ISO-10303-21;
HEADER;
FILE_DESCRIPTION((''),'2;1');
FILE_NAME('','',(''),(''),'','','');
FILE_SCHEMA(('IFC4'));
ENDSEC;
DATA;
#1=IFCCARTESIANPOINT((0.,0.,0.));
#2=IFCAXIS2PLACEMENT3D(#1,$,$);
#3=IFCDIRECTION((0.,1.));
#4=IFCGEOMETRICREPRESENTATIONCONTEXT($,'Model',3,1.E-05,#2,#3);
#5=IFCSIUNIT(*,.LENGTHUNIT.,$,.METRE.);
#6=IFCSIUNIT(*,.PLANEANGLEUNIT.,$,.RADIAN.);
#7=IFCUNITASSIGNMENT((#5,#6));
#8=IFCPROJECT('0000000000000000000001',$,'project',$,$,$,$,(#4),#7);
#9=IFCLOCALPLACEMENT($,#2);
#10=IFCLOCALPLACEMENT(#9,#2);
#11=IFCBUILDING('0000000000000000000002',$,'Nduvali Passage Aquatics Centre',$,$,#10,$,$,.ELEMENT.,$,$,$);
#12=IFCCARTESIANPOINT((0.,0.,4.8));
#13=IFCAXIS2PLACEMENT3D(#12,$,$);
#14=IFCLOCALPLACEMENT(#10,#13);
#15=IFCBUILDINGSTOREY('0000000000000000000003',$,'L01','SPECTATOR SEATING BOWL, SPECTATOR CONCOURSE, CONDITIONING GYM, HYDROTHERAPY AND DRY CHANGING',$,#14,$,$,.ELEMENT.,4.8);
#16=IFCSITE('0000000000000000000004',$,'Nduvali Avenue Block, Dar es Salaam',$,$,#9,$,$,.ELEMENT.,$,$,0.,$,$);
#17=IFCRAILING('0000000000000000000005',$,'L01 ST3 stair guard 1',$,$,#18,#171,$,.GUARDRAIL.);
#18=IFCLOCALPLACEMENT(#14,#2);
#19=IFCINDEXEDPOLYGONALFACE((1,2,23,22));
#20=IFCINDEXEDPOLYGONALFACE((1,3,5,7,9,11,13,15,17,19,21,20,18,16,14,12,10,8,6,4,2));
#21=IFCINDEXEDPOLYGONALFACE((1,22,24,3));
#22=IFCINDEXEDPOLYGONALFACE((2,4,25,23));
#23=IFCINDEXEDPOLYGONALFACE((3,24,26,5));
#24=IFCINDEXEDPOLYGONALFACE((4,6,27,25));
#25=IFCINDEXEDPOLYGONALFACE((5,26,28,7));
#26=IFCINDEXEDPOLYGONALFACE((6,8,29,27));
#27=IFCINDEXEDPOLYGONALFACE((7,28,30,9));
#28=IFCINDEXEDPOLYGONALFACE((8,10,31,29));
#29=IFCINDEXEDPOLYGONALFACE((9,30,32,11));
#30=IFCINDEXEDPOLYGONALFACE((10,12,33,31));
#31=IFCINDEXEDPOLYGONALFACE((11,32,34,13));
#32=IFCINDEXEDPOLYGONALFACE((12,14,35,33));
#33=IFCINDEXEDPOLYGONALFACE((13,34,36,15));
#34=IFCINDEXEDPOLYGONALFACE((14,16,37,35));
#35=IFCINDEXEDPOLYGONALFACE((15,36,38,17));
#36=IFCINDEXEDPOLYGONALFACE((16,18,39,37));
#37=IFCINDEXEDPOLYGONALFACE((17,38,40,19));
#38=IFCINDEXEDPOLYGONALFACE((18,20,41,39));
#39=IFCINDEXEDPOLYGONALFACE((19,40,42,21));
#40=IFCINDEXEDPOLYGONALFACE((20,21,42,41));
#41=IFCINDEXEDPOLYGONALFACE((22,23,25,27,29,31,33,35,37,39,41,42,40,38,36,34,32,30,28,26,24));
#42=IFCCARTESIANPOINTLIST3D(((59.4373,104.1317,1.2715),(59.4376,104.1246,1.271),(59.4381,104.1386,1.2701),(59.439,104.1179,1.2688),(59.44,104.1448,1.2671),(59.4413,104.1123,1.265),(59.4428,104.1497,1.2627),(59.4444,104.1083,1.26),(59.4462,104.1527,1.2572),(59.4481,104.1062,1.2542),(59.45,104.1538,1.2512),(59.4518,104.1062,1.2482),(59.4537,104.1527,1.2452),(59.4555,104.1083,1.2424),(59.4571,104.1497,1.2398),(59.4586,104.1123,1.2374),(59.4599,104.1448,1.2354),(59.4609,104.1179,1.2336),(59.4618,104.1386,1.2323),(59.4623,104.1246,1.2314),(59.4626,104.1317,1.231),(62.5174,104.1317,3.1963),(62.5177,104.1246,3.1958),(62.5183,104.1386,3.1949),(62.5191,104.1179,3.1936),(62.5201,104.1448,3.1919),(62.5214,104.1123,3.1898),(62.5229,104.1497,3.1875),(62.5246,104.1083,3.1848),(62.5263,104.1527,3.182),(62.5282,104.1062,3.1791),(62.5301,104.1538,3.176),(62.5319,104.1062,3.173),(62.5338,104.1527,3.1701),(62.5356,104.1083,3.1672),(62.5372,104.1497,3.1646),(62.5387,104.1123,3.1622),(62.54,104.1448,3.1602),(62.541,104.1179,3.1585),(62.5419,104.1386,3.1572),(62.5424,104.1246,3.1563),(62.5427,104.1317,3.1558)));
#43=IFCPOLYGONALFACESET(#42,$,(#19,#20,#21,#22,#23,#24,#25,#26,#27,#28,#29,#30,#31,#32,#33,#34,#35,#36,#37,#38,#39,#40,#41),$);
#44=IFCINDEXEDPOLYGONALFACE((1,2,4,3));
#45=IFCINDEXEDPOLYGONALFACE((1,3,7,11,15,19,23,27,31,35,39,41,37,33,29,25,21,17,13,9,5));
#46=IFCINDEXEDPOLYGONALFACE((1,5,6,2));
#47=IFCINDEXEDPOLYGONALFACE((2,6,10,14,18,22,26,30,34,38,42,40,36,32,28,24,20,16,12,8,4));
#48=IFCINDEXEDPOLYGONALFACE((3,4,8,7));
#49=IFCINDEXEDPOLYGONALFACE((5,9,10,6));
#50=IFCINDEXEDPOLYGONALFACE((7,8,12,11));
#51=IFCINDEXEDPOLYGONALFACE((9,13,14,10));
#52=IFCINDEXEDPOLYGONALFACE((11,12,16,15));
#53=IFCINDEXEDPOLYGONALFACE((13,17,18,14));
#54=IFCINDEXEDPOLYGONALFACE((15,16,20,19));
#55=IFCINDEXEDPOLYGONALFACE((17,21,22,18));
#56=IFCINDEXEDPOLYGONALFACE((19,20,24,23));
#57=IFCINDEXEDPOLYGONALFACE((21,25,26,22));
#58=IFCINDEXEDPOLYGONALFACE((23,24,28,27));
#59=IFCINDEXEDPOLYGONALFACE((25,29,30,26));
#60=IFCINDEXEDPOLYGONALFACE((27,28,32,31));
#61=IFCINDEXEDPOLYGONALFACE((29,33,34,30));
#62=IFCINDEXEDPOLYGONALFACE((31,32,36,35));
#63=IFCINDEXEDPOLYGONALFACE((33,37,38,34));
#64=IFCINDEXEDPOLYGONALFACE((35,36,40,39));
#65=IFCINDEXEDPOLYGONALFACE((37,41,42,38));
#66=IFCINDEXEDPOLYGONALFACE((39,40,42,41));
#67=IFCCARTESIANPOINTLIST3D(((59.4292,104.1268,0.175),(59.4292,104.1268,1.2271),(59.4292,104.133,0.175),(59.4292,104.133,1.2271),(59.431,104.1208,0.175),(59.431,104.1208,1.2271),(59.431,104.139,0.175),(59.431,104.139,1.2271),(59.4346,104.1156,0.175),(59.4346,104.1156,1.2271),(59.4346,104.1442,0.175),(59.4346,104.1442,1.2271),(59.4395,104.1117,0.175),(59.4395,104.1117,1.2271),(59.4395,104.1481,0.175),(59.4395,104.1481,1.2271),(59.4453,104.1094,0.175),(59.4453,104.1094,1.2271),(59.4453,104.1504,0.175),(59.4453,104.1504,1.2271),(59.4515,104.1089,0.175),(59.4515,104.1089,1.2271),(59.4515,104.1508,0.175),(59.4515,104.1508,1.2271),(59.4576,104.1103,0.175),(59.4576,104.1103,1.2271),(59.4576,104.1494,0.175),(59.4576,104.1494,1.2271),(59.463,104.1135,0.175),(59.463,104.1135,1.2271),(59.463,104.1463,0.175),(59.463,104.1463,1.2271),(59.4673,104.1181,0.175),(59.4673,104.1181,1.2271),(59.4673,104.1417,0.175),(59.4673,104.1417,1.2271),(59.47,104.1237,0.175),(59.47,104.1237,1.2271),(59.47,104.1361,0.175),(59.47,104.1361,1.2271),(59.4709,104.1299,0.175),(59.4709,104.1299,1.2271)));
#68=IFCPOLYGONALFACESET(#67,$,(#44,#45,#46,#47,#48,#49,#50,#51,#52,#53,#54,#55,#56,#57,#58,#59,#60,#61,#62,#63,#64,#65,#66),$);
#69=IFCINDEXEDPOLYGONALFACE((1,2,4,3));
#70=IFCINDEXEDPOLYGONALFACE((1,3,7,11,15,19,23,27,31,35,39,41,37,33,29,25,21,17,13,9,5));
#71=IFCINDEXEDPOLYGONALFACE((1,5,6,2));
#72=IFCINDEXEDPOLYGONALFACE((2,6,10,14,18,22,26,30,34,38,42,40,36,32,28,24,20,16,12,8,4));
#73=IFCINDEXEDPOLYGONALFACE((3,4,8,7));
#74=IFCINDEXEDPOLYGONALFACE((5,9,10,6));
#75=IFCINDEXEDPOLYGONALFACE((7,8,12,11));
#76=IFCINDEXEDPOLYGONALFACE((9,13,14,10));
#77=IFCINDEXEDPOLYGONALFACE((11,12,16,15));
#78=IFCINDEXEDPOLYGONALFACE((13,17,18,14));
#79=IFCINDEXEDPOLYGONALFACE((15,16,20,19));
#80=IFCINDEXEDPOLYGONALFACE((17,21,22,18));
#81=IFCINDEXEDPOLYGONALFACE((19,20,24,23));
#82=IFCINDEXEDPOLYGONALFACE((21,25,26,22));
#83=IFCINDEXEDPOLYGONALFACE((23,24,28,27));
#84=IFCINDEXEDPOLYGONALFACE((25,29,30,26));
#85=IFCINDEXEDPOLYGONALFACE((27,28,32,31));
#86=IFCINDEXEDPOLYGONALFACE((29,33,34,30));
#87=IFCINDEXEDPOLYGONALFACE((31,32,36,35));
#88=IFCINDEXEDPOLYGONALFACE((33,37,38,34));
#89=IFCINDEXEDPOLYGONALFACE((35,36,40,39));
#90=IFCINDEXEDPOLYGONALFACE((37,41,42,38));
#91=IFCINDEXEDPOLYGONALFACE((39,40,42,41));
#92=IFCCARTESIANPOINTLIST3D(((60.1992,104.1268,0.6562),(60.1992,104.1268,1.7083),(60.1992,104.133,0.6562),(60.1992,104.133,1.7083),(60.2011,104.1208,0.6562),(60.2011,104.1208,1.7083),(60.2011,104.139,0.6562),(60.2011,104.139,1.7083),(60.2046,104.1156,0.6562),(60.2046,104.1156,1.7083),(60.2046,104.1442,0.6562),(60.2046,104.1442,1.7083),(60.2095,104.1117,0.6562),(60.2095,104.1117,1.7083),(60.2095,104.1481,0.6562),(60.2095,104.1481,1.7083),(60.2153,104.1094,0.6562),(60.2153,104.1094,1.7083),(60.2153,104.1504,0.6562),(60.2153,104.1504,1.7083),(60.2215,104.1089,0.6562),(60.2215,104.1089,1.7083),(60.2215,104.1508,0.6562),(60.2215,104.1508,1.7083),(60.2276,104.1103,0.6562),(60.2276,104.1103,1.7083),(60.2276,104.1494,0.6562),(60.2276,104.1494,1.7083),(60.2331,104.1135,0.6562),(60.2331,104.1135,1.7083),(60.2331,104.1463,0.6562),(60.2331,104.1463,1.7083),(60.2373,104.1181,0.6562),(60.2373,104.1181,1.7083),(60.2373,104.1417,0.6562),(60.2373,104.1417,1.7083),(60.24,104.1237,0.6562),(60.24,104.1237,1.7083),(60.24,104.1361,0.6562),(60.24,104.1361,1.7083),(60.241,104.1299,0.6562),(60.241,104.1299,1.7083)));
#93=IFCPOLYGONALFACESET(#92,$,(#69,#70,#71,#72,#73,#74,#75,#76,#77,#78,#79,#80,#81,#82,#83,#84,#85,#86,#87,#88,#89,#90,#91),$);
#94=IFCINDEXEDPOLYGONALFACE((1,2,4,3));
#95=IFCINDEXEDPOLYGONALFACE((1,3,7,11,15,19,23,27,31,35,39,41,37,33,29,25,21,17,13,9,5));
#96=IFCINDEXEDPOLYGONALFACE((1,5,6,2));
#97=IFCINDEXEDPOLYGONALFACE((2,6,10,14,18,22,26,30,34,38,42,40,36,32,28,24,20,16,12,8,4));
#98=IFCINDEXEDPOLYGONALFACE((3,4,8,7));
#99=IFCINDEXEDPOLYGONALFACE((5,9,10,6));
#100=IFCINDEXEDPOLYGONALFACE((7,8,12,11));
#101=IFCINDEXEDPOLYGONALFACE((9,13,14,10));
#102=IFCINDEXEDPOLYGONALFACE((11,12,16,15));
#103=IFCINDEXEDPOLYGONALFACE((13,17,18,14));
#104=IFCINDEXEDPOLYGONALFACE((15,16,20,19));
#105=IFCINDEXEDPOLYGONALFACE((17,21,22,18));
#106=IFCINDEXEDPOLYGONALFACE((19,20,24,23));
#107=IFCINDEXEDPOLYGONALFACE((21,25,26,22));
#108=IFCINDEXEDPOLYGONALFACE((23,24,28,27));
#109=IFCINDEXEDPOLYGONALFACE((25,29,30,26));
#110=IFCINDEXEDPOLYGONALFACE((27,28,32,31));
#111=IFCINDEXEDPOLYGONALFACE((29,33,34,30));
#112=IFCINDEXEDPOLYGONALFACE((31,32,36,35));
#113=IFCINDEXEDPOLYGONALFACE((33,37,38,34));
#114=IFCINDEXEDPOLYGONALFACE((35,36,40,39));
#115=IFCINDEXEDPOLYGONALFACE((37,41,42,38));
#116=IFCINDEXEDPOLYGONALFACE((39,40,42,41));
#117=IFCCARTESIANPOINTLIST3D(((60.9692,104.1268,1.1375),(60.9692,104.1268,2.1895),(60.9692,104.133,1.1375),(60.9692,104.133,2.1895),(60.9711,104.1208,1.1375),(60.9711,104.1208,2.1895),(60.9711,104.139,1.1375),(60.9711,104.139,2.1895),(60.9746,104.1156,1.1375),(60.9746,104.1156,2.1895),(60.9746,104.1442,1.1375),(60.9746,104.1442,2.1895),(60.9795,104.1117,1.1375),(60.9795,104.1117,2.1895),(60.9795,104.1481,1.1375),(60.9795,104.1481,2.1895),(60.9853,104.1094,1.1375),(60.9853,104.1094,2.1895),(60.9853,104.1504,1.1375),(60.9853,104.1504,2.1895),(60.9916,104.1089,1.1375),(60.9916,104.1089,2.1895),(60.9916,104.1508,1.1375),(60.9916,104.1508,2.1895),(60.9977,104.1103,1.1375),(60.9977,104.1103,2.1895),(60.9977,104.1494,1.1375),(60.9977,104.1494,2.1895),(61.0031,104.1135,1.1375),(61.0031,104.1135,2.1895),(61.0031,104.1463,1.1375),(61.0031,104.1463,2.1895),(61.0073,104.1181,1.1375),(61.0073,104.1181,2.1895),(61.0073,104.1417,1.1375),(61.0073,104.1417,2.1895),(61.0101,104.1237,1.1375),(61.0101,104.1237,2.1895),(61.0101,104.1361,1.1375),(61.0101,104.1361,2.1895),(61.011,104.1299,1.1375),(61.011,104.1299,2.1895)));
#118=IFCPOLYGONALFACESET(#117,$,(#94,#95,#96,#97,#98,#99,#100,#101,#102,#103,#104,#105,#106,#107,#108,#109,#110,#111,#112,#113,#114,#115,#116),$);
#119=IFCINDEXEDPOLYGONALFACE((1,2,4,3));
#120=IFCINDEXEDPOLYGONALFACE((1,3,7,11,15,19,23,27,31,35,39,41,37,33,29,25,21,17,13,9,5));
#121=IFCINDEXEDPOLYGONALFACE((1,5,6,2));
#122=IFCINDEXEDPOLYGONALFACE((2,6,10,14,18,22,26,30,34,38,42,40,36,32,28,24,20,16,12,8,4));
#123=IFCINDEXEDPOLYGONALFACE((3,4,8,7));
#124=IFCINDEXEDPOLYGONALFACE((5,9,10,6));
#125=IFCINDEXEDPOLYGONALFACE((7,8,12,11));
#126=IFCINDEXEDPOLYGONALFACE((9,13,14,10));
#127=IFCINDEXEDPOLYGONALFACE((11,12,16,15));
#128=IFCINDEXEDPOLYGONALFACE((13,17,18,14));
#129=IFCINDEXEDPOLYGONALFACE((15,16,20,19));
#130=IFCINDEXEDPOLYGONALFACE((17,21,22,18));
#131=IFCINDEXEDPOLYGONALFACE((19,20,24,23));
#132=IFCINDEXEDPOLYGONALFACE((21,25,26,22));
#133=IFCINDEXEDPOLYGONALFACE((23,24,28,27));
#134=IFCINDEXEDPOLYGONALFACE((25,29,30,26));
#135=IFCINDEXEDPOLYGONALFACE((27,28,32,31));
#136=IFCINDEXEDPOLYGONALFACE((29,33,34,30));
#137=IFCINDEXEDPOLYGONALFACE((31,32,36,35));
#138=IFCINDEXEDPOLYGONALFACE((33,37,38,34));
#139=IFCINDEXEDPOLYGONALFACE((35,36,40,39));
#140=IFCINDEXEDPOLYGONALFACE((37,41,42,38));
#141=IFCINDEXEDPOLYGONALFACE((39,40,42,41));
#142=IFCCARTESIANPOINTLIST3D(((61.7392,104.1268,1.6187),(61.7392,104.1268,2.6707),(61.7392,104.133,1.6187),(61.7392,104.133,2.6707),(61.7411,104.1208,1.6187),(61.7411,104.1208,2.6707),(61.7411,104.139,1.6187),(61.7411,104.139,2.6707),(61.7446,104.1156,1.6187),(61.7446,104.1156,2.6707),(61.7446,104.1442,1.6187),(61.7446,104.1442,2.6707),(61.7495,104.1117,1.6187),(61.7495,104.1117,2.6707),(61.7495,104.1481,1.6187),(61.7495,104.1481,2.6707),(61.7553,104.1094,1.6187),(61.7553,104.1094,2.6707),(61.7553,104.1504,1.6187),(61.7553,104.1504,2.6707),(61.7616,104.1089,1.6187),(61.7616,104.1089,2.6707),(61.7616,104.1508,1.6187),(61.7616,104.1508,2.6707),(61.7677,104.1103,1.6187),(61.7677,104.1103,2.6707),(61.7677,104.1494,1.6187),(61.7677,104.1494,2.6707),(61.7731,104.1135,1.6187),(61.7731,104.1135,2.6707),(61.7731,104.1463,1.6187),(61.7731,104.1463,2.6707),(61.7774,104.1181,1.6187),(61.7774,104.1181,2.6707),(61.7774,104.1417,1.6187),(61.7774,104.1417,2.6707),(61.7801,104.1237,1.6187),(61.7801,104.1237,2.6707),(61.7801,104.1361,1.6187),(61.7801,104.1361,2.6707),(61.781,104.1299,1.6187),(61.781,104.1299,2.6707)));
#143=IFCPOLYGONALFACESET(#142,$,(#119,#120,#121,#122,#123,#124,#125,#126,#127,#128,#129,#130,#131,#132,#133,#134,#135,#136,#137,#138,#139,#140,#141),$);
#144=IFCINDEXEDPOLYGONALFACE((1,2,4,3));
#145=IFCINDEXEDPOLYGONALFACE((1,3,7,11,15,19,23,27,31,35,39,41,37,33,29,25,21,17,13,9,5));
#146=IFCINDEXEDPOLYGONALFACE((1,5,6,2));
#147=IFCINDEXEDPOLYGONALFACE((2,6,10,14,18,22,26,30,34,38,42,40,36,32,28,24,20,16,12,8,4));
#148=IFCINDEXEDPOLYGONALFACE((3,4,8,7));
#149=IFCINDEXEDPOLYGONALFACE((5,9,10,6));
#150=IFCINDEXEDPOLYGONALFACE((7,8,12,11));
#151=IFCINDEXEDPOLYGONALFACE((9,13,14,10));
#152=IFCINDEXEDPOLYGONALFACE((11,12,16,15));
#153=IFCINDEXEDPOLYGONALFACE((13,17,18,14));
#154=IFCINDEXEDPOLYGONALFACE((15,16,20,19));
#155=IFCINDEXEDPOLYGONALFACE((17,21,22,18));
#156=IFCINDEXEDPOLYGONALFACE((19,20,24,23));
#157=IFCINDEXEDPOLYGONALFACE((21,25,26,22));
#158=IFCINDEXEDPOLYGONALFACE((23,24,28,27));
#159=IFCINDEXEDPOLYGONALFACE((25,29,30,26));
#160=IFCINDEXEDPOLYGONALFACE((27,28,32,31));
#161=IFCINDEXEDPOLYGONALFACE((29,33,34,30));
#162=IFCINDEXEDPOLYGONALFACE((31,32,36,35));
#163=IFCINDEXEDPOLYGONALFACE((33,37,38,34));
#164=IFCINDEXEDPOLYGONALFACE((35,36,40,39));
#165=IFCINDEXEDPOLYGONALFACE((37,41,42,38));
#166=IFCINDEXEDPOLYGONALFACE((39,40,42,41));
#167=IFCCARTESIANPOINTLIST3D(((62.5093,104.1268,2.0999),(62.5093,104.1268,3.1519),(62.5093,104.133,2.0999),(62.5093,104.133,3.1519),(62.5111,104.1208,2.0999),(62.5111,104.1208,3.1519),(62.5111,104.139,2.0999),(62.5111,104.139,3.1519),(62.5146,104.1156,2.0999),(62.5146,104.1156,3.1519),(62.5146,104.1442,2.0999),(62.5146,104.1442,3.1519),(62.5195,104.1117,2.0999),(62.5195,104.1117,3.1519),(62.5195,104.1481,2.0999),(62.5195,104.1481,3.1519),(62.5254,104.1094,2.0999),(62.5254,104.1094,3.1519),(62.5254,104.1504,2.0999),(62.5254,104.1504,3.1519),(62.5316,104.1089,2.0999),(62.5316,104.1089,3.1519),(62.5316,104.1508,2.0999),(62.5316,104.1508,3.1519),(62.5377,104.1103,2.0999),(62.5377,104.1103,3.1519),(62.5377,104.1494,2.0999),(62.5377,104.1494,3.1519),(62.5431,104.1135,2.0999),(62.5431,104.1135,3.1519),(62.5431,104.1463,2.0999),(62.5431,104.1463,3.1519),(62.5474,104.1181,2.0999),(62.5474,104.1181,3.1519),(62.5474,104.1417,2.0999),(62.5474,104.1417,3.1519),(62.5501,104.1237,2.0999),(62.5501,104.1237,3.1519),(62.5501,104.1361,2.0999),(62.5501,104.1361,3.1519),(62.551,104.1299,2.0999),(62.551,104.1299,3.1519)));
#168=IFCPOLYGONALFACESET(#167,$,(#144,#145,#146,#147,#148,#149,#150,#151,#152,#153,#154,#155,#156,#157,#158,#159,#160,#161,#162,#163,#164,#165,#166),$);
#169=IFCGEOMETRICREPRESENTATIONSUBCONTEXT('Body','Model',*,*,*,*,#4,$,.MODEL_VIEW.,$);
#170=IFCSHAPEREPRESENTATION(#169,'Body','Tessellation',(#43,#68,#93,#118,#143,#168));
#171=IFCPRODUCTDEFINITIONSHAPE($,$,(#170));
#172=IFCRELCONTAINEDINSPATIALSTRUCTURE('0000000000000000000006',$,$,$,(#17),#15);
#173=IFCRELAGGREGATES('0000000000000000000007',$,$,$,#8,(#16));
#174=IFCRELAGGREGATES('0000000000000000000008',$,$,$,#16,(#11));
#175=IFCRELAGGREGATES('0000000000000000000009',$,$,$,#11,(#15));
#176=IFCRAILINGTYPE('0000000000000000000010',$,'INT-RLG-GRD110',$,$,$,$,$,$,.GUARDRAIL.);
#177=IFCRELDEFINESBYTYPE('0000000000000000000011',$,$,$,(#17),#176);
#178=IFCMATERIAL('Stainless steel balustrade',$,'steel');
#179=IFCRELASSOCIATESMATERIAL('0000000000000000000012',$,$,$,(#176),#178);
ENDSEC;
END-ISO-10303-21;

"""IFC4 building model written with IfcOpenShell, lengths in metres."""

from ifc_helpers import new_model, si_unit, direction, frame, origin, origin_2d, place, context, subcontext, project, spatial, circle, extrude, material, type_object, element, save


model = new_model("IFC4")

# Units and contexts
model_context = context("Model", 3, precision=1e-05, world=origin(), true_north=direction((0.0, 1.0)))
body_context = subcontext(model_context, "Body", "Model", "MODEL_VIEW")
ifc_project = project(units=[si_unit("LENGTHUNIT", "METRE"), si_unit("PLANEANGLEUNIT", "RADIAN")], contexts=[model_context])

# Site, building, storey
site_placement = place(None, origin())
site = spatial("IfcSite", under=ifc_project, at=site_placement, Name="Nduvali Avenue Block, Dar es Salaam", CompositionType="ELEMENT", RefElevation=0.0)
building_placement = place(site_placement, origin())
building = spatial("IfcBuilding", under=site, at=building_placement, Name="Nduvali Passage Aquatics Centre", CompositionType="ELEMENT")
storey_placement = place(building_placement, frame((0.0, 0.0, 4.8)))
storey = spatial("IfcBuildingStorey", under=building, at=storey_placement, Name="L01", Description="SPECTATOR SEATING BOWL, SPECTATOR CONCOURSE, CONDITIONING GYM, HYDROTHERAPY AND DRY CHANGING", CompositionType="ELEMENT", Elevation=4.8)

# Railing
ifc_material_1 = material(Name="Stainless steel balustrade", Category="steel")
railing_type_1 = type_object("IfcRailingType", Name="INT-RLG-GRD110", PredefinedType="GUARDRAIL", material=ifc_material_1)
railing_1_placement = place(storey_placement, frame((59.45, 104.1299, 0.175)))
element("IfcRailing", 1, at=railing_1_placement, inside=storey, type_object=railing_type_1, Name="L01 ST3 stair guard 1", PredefinedType="GUARDRAIL", context=body_context, shape_type="SweptSolid", body=[
    extrude(circle(Radius=0.0239, at=origin_2d()), frame((0.0, 0.0, 1.0762), z_axis=(0.848029, 0.0, 0.529951), x_axis=(0.0, 1.0, 0.0)), (0.0, 0.0, 1.0), 3.6321),
    extrude(circle(Radius=0.021, at=origin_2d()), origin(), (0.0, 0.0, 1.0), 1.052),
    extrude(circle(Radius=0.021, at=origin_2d()), frame((0.77, 0.0, 0.4812)), (0.0, 0.0, 1.0), 1.052),
    extrude(circle(Radius=0.021, at=origin_2d()), frame((1.54, 0.0, 0.9624)), (0.0, 0.0, 1.0), 1.052),
    extrude(circle(Radius=0.021, at=origin_2d()), frame((2.3101, 0.0, 1.4436)), (0.0, 0.0, 1.0), 1.052),
    extrude(circle(Radius=0.021, at=origin_2d()), frame((3.0801, 0.0, 1.9248)), (0.0, 0.0, 1.0), 1.052),
])

save(model, "model.ifc")
